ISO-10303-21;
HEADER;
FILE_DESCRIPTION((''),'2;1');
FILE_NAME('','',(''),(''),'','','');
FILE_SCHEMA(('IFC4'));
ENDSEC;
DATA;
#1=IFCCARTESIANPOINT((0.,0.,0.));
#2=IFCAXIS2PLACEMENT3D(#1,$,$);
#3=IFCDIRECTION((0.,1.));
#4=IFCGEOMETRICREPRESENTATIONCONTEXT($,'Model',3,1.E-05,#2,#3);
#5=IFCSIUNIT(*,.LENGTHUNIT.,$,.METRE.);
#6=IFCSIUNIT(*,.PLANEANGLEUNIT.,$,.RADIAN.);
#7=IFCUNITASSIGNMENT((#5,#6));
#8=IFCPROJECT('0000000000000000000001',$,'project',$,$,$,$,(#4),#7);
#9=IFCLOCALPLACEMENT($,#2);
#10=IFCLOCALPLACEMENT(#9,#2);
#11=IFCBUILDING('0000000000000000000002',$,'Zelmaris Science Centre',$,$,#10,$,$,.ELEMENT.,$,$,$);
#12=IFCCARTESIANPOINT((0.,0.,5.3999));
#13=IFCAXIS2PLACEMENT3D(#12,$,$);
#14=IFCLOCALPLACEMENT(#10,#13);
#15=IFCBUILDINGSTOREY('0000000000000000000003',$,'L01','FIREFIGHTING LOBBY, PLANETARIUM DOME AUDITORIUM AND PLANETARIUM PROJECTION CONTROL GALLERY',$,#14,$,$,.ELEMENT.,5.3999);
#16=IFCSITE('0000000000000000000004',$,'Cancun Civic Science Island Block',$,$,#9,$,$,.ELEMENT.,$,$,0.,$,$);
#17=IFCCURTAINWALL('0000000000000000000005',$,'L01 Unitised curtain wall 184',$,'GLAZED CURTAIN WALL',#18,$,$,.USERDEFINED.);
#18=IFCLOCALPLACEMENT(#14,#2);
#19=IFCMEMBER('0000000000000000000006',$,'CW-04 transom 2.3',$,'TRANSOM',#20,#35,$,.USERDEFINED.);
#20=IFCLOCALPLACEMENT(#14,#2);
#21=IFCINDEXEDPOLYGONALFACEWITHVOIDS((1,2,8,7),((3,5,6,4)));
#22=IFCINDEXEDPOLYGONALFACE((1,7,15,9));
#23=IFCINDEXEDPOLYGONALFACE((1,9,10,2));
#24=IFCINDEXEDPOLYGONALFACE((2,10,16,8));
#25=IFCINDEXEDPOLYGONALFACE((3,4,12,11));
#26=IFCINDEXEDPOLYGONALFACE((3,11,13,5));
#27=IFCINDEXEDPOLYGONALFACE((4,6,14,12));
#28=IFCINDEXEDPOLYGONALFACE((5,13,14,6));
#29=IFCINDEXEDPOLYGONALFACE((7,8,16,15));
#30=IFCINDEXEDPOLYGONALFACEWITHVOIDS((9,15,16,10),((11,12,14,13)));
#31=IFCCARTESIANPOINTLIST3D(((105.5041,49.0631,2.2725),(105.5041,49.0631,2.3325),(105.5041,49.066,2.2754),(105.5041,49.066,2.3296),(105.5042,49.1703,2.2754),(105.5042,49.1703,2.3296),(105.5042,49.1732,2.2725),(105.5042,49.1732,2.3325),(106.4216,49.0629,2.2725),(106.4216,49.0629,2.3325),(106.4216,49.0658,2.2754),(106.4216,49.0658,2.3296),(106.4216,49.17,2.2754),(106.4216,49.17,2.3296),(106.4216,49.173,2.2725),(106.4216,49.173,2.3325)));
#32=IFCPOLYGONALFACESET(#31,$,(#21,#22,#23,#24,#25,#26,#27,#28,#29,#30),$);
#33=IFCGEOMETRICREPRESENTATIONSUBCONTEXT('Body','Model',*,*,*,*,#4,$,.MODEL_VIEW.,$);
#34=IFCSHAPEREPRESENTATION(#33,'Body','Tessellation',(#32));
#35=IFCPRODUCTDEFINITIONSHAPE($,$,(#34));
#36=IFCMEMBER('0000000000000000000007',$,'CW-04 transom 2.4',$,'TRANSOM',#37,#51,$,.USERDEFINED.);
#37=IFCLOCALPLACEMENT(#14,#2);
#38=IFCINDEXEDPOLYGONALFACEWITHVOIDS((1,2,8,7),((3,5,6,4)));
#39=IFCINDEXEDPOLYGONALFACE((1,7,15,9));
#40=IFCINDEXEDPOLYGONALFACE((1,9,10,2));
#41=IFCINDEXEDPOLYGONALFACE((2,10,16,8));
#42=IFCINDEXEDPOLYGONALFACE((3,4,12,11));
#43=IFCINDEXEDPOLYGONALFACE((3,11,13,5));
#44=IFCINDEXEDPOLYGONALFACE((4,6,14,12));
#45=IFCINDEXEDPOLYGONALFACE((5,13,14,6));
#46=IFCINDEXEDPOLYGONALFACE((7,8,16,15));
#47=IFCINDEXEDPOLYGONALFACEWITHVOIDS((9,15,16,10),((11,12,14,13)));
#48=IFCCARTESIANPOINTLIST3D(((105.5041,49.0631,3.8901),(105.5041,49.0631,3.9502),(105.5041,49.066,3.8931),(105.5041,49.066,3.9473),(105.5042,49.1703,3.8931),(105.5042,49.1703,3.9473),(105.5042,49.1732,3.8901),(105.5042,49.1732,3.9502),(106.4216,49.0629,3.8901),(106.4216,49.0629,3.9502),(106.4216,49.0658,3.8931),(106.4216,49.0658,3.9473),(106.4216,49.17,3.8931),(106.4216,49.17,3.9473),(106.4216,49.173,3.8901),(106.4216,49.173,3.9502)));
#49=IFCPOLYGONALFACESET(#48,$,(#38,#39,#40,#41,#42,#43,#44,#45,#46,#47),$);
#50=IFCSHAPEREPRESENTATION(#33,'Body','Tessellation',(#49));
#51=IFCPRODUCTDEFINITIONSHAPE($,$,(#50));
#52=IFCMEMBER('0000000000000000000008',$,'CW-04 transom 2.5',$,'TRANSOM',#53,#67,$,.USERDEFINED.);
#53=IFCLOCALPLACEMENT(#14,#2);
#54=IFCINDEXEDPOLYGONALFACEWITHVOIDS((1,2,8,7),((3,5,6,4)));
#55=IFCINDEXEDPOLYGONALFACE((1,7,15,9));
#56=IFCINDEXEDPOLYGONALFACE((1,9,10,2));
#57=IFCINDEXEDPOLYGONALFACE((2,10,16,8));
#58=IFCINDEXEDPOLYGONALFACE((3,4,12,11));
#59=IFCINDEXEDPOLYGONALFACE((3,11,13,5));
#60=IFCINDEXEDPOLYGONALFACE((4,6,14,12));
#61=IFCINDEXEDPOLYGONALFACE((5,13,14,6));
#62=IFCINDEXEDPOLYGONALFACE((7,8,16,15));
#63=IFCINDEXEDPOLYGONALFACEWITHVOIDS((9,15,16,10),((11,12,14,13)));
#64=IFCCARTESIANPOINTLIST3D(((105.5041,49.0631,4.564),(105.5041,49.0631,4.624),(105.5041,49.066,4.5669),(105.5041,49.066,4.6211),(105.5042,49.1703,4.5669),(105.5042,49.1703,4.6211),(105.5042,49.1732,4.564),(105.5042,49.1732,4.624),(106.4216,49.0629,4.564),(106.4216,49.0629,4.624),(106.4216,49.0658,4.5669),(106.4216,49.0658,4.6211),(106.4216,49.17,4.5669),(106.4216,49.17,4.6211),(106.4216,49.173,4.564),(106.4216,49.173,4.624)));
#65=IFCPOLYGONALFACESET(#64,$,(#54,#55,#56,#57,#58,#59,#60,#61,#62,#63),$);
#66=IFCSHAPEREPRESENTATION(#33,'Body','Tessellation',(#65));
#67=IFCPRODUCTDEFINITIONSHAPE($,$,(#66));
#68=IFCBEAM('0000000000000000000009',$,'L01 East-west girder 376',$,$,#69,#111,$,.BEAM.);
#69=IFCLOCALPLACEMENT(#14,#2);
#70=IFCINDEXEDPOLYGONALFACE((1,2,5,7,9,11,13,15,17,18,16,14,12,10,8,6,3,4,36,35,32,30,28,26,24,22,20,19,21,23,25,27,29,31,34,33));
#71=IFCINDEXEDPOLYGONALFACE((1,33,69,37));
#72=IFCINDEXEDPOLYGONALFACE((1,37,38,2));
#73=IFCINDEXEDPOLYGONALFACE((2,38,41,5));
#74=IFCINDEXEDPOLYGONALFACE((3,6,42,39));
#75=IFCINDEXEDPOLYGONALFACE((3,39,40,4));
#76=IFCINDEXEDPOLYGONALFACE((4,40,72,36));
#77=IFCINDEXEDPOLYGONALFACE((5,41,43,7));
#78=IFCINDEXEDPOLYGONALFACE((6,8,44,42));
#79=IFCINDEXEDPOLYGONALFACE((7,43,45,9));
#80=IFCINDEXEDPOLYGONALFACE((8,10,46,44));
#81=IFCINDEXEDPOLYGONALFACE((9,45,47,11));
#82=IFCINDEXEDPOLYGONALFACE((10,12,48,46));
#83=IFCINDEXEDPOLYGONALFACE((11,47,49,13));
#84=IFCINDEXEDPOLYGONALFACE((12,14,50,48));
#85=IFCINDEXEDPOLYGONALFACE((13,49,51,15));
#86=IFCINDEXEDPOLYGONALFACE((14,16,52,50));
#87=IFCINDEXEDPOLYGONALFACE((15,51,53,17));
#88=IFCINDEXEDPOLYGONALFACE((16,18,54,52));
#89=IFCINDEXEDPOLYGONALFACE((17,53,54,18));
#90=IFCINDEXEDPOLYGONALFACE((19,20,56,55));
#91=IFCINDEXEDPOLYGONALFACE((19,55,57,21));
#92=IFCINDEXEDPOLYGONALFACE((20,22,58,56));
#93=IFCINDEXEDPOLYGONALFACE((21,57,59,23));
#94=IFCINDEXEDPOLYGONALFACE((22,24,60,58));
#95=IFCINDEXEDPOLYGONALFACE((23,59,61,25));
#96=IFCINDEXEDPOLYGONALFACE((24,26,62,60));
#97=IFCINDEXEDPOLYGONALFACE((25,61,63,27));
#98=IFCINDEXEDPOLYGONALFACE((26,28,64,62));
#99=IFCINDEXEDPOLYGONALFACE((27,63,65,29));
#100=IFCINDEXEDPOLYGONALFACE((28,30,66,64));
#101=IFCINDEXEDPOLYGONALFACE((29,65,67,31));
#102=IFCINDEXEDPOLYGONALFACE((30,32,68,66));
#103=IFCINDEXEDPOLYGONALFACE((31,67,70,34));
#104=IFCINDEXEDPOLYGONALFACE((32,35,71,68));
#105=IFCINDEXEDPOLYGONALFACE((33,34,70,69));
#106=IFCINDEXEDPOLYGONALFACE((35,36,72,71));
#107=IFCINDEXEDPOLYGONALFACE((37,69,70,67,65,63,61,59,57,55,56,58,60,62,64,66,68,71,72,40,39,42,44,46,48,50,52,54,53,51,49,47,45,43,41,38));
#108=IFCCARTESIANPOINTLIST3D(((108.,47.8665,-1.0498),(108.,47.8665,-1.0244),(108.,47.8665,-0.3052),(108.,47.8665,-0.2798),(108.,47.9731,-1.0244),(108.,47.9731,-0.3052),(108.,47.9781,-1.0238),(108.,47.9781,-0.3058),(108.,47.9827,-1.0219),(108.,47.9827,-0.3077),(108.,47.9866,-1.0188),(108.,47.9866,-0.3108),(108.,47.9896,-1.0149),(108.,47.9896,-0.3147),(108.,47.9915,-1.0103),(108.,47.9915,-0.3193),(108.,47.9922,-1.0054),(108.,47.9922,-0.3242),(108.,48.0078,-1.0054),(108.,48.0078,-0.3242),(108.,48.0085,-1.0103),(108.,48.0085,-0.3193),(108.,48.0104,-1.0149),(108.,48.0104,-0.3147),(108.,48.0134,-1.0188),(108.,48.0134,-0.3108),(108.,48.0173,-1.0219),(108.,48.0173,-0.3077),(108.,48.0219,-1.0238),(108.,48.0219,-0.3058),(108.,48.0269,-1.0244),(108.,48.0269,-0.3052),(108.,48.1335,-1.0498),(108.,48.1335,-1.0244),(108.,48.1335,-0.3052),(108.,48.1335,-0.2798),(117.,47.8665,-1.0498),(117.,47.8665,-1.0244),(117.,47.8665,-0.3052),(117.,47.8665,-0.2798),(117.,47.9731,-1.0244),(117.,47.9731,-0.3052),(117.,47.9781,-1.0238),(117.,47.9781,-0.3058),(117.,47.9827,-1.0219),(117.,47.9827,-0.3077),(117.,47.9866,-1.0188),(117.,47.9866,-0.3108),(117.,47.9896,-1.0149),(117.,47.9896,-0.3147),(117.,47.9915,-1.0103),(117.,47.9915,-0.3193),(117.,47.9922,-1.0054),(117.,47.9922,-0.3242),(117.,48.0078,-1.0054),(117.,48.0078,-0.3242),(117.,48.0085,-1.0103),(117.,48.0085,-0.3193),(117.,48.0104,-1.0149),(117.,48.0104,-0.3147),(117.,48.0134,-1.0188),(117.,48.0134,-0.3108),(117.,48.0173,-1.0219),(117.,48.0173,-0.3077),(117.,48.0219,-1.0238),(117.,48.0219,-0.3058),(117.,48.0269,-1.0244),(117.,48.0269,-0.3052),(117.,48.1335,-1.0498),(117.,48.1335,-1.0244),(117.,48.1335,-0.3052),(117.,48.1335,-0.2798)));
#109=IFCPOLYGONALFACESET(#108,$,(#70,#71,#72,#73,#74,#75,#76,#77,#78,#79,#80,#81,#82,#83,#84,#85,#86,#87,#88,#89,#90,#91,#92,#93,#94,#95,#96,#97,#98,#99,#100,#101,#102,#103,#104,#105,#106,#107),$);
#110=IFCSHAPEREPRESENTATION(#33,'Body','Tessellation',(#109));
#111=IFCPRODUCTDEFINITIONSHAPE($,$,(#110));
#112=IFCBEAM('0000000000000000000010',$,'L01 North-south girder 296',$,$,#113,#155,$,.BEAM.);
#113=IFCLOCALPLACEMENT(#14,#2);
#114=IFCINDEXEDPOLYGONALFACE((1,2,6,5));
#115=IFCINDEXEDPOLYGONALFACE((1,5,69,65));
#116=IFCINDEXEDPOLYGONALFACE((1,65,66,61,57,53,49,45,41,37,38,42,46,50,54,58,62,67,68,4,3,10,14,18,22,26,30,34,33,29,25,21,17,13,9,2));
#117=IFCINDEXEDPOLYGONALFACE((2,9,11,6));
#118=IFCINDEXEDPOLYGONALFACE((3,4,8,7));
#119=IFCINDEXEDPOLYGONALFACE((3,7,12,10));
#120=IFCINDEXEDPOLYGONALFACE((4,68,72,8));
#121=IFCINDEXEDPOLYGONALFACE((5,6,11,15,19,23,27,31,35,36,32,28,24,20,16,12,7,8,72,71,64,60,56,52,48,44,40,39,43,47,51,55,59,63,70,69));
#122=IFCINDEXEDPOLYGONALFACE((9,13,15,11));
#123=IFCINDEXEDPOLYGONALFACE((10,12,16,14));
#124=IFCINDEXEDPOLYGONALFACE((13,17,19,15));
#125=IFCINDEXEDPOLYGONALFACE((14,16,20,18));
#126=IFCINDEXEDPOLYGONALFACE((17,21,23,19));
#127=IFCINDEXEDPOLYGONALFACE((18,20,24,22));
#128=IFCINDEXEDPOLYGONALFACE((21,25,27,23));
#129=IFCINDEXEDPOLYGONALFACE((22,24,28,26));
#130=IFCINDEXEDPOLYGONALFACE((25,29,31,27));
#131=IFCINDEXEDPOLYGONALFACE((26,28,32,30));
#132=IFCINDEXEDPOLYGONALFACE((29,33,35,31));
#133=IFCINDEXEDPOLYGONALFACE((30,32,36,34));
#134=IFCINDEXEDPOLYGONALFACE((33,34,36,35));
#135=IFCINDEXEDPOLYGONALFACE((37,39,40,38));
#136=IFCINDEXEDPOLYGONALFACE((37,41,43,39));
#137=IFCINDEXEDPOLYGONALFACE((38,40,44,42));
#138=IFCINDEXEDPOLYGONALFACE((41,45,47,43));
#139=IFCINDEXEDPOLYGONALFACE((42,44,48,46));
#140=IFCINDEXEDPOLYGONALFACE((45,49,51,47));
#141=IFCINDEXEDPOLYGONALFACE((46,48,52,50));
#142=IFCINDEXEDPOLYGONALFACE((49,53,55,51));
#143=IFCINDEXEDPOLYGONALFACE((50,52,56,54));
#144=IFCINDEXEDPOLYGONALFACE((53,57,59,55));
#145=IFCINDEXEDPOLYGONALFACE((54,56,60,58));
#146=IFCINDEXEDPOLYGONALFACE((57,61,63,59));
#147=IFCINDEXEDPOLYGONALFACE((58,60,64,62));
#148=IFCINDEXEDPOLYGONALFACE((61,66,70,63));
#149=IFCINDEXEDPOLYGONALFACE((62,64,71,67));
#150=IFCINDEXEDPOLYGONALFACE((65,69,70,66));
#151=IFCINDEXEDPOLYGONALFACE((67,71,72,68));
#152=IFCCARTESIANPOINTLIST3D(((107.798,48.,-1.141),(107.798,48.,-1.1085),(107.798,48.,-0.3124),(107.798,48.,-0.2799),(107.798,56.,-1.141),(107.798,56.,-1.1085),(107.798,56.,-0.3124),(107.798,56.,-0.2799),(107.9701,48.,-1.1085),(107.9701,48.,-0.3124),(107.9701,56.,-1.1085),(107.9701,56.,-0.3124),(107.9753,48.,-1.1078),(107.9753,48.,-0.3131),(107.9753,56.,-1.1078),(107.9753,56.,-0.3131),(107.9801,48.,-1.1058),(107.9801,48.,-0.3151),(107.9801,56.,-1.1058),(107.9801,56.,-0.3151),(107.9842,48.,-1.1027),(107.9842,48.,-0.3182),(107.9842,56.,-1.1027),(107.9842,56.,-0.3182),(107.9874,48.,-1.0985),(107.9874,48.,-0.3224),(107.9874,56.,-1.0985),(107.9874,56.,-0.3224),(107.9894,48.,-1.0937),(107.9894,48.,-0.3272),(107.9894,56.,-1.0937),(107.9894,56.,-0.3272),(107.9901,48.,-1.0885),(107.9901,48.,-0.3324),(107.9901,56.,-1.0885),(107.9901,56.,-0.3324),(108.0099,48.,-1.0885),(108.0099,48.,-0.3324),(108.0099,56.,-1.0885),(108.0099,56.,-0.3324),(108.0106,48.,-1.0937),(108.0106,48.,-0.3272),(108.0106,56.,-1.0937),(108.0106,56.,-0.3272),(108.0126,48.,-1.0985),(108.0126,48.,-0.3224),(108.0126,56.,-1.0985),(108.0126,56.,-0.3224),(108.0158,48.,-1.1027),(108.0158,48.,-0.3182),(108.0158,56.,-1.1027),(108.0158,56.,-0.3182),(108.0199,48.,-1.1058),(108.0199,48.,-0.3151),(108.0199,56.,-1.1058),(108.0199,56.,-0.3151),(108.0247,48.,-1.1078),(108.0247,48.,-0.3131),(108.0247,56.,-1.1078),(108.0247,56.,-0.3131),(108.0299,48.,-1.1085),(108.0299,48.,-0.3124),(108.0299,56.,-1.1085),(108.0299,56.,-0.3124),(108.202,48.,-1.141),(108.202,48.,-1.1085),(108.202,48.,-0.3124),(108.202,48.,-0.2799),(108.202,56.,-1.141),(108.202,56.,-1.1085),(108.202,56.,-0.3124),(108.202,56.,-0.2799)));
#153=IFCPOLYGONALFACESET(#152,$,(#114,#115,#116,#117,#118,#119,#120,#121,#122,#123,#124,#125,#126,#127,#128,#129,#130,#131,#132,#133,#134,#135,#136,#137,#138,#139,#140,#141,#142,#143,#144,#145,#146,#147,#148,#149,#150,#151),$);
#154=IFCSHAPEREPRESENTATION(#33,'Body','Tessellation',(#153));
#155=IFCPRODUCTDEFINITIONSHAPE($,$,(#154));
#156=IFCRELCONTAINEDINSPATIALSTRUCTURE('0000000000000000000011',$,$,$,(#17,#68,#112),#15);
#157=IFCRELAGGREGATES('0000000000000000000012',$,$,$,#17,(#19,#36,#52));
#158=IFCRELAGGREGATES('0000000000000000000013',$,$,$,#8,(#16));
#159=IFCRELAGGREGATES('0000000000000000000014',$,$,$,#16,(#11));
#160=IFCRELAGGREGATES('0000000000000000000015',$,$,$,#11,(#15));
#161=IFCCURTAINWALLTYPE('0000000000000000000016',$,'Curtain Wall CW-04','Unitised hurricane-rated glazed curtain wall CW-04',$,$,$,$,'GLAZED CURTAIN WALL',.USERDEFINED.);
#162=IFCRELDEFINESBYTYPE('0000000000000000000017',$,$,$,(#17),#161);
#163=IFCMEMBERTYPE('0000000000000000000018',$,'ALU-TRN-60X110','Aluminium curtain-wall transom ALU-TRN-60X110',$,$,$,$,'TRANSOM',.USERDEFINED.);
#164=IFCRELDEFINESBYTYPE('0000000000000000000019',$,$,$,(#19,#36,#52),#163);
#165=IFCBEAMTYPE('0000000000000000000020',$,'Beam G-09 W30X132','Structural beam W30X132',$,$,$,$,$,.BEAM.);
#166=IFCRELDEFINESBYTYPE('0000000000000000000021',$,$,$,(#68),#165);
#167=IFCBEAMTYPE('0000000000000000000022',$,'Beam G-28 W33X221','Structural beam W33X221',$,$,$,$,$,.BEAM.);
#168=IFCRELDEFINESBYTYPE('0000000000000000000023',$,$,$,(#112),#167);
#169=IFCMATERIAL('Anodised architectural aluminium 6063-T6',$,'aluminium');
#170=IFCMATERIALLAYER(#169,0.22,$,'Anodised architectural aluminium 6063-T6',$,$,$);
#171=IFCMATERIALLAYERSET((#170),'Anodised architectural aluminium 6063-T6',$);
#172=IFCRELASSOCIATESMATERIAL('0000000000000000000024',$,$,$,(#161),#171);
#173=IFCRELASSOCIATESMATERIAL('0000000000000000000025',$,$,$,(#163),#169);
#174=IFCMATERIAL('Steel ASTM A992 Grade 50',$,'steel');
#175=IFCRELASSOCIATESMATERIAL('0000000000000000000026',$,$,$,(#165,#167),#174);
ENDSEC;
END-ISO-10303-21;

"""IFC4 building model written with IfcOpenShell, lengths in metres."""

from ifc_helpers import new_model, si_unit, direction, frame, origin, origin_2d, place, context, subcontext, project, spatial, hollow_rectangle, i_section, extrude, material, layer, layer_set, material_profile, profile_set, type_object, element, aggregate, save


model = new_model("IFC4")

# Units and contexts
model_context = context("Model", 3, precision=1e-05, world=origin(), true_north=direction((0.0, 1.0)))
body_context = subcontext(model_context, "Body", "Model", "MODEL_VIEW")
ifc_project = project(units=[si_unit("LENGTHUNIT", "METRE"), si_unit("PLANEANGLEUNIT", "RADIAN")], contexts=[model_context])

# Site, building, storey
site_placement = place(None, origin())
site = spatial("IfcSite", under=ifc_project, at=site_placement, Name="Cancun Civic Science Island Block", CompositionType="ELEMENT", RefElevation=0.0)
building_placement = place(site_placement, origin())
building = spatial("IfcBuilding", under=site, at=building_placement, Name="Zelmaris Science Centre", CompositionType="ELEMENT")
storey_placement = place(building_placement, frame((0.0, 0.0, 5.3999)))
storey = spatial("IfcBuildingStorey", under=building, at=storey_placement, Name="L01", Description="FIREFIGHTING LOBBY, PLANETARIUM DOME AUDITORIUM AND PLANETARIUM PROJECTION CONTROL GALLERY", CompositionType="ELEMENT", Elevation=5.3999)

# Shared definitions
ifc_material_1 = material(Name="Steel ASTM A992 Grade 50", Category="steel")

# Curtain wall
ifc_material_2 = material(Name="Anodised architectural aluminium 6063-T6", Category="aluminium")
ifc_layer_1 = layer(ifc_material_2, 0.22, Name="Anodised architectural aluminium 6063-T6")
ifc_layer_set_1 = layer_set([ifc_layer_1], Name="Anodised architectural aluminium 6063-T6")
curtain_wall_type_1 = type_object("IfcCurtainWallType", Name="Curtain Wall CW-04", Description="Unitised hurricane-rated glazed curtain wall CW-04", ElementType="GLAZED CURTAIN WALL", PredefinedType="USERDEFINED", material=ifc_layer_set_1)
curtain_wall_1_placement = place(storey_placement, origin())
curtain_wall_1 = element("IfcCurtainWall", 1, at=curtain_wall_1_placement, inside=storey, type_object=curtain_wall_type_1, Name="L01 Unitised curtain wall 184", ObjectType="GLAZED CURTAIN WALL", PredefinedType="USERDEFINED")

# Members
ifc_material_profile_1 = material_profile(ifc_material_2, hollow_rectangle(XDim=0.0601, YDim=0.1101, WallThickness=0.0029, at=origin_2d()), Name="ALU-TRN-60X110")
ifc_profile_set_1 = profile_set([ifc_material_profile_1], Name="Anodised architectural aluminium 6063-T6")
member_type_1 = type_object("IfcMemberType", Name="ALU-TRN-60X110", Description="Aluminium curtain-wall transom ALU-TRN-60X110", ElementType="TRANSOM", PredefinedType="USERDEFINED", material=ifc_profile_set_1)
member_1_placement = place(storey_placement, frame((106.4216, 49.1179, 2.3025), z_axis=(-1.0, 0.000266, 0.0), x_axis=(0.0, 0.0, 1.0)))
member_1 = element("IfcMember", 2, at=member_1_placement, type_object=member_type_1, Name="CW-04 transom 2.3", ObjectType="TRANSOM", PredefinedType="USERDEFINED", context=body_context, shape_type="SweptSolid", body=[
    extrude(hollow_rectangle(XDim=0.0601, YDim=0.1101, WallThickness=0.0029, at=origin_2d()), origin(), (0.0, 0.0, 1.0), 0.9175),
])
member_2_placement = place(storey_placement, frame((106.4216, 49.1179, 3.9202), z_axis=(-1.0, 0.000266, 0.0), x_axis=(0.0, 0.0, 1.0)))
member_2 = element("IfcMember", 3, at=member_2_placement, type_object=member_type_1, Name="CW-04 transom 2.4", ObjectType="TRANSOM", PredefinedType="USERDEFINED", context=body_context, shape_type="SweptSolid", body=[
    extrude(hollow_rectangle(XDim=0.0601, YDim=0.1101, WallThickness=0.0029, at=origin_2d()), origin(), (0.0, 0.0, 1.0), 0.9175),
])
member_3_placement = place(storey_placement, frame((106.4216, 49.1179, 4.594), z_axis=(-1.0, 0.000266, 0.0), x_axis=(0.0, 0.0, 1.0)))
member_3 = element("IfcMember", 4, at=member_3_placement, type_object=member_type_1, Name="CW-04 transom 2.5", ObjectType="TRANSOM", PredefinedType="USERDEFINED", context=body_context, shape_type="SweptSolid", body=[
    extrude(hollow_rectangle(XDim=0.0601, YDim=0.1101, WallThickness=0.0029, at=origin_2d()), origin(), (0.0, 0.0, 1.0), 0.9175),
])

# Beams
ifc_material_profile_2 = material_profile(ifc_material_1, i_section(OverallWidth=0.2671, OverallDepth=0.77, WebThickness=0.0156, FlangeThickness=0.0254, FilletRadius=0.019, at=origin_2d()), Name="W30X132")
ifc_profile_set_2 = profile_set([ifc_material_profile_2], Name="Steel ASTM A992 Grade 50")
beam_type_1 = type_object("IfcBeamType", Name="Beam G-09 W30X132", Description="Structural beam W30X132", PredefinedType="BEAM", material=ifc_profile_set_2)
beam_1_placement = place(storey_placement, frame((108.0, 48.0, -0.6648), z_axis=(1.0, 0.0, 0.0), x_axis=(0.0, 1.0, 0.0)))
element("IfcBeam", 5, at=beam_1_placement, inside=storey, type_object=beam_type_1, Name="L01 East-west girder 376", PredefinedType="BEAM", context=body_context, shape_type="SweptSolid", body=[
    extrude(i_section(OverallWidth=0.2671, OverallDepth=0.77, WebThickness=0.0156, FlangeThickness=0.0254, FilletRadius=0.019, at=origin_2d()), origin(), (0.0, 0.0, 1.0), 9.0),
])
ifc_material_profile_3 = material_profile(ifc_material_1, i_section(OverallWidth=0.4041, OverallDepth=0.8611, WebThickness=0.0198, FlangeThickness=0.0325, FilletRadius=0.02, at=origin_2d()), Name="W33X221")
ifc_profile_set_3 = profile_set([ifc_material_profile_3], Name="Steel ASTM A992 Grade 50")
beam_type_2 = type_object("IfcBeamType", Name="Beam G-28 W33X221", Description="Structural beam W33X221", PredefinedType="BEAM", material=ifc_profile_set_3)
beam_2_placement = place(storey_placement, frame((108.0, 48.0, -0.7104), z_axis=(0.0, 1.0, 0.0), x_axis=(-1.0, 0.0, 0.0)))
element("IfcBeam", 6, at=beam_2_placement, inside=storey, type_object=beam_type_2, Name="L01 North-south girder 296", PredefinedType="BEAM", context=body_context, shape_type="SweptSolid", body=[
    extrude(i_section(OverallWidth=0.4041, OverallDepth=0.8611, WebThickness=0.0198, FlangeThickness=0.0325, FilletRadius=0.02, at=origin_2d()), origin(), (0.0, 0.0, 1.0), 8.0),
])

aggregate(curtain_wall_1, [member_1, member_2, member_3])

save(model, "model.ifc")
